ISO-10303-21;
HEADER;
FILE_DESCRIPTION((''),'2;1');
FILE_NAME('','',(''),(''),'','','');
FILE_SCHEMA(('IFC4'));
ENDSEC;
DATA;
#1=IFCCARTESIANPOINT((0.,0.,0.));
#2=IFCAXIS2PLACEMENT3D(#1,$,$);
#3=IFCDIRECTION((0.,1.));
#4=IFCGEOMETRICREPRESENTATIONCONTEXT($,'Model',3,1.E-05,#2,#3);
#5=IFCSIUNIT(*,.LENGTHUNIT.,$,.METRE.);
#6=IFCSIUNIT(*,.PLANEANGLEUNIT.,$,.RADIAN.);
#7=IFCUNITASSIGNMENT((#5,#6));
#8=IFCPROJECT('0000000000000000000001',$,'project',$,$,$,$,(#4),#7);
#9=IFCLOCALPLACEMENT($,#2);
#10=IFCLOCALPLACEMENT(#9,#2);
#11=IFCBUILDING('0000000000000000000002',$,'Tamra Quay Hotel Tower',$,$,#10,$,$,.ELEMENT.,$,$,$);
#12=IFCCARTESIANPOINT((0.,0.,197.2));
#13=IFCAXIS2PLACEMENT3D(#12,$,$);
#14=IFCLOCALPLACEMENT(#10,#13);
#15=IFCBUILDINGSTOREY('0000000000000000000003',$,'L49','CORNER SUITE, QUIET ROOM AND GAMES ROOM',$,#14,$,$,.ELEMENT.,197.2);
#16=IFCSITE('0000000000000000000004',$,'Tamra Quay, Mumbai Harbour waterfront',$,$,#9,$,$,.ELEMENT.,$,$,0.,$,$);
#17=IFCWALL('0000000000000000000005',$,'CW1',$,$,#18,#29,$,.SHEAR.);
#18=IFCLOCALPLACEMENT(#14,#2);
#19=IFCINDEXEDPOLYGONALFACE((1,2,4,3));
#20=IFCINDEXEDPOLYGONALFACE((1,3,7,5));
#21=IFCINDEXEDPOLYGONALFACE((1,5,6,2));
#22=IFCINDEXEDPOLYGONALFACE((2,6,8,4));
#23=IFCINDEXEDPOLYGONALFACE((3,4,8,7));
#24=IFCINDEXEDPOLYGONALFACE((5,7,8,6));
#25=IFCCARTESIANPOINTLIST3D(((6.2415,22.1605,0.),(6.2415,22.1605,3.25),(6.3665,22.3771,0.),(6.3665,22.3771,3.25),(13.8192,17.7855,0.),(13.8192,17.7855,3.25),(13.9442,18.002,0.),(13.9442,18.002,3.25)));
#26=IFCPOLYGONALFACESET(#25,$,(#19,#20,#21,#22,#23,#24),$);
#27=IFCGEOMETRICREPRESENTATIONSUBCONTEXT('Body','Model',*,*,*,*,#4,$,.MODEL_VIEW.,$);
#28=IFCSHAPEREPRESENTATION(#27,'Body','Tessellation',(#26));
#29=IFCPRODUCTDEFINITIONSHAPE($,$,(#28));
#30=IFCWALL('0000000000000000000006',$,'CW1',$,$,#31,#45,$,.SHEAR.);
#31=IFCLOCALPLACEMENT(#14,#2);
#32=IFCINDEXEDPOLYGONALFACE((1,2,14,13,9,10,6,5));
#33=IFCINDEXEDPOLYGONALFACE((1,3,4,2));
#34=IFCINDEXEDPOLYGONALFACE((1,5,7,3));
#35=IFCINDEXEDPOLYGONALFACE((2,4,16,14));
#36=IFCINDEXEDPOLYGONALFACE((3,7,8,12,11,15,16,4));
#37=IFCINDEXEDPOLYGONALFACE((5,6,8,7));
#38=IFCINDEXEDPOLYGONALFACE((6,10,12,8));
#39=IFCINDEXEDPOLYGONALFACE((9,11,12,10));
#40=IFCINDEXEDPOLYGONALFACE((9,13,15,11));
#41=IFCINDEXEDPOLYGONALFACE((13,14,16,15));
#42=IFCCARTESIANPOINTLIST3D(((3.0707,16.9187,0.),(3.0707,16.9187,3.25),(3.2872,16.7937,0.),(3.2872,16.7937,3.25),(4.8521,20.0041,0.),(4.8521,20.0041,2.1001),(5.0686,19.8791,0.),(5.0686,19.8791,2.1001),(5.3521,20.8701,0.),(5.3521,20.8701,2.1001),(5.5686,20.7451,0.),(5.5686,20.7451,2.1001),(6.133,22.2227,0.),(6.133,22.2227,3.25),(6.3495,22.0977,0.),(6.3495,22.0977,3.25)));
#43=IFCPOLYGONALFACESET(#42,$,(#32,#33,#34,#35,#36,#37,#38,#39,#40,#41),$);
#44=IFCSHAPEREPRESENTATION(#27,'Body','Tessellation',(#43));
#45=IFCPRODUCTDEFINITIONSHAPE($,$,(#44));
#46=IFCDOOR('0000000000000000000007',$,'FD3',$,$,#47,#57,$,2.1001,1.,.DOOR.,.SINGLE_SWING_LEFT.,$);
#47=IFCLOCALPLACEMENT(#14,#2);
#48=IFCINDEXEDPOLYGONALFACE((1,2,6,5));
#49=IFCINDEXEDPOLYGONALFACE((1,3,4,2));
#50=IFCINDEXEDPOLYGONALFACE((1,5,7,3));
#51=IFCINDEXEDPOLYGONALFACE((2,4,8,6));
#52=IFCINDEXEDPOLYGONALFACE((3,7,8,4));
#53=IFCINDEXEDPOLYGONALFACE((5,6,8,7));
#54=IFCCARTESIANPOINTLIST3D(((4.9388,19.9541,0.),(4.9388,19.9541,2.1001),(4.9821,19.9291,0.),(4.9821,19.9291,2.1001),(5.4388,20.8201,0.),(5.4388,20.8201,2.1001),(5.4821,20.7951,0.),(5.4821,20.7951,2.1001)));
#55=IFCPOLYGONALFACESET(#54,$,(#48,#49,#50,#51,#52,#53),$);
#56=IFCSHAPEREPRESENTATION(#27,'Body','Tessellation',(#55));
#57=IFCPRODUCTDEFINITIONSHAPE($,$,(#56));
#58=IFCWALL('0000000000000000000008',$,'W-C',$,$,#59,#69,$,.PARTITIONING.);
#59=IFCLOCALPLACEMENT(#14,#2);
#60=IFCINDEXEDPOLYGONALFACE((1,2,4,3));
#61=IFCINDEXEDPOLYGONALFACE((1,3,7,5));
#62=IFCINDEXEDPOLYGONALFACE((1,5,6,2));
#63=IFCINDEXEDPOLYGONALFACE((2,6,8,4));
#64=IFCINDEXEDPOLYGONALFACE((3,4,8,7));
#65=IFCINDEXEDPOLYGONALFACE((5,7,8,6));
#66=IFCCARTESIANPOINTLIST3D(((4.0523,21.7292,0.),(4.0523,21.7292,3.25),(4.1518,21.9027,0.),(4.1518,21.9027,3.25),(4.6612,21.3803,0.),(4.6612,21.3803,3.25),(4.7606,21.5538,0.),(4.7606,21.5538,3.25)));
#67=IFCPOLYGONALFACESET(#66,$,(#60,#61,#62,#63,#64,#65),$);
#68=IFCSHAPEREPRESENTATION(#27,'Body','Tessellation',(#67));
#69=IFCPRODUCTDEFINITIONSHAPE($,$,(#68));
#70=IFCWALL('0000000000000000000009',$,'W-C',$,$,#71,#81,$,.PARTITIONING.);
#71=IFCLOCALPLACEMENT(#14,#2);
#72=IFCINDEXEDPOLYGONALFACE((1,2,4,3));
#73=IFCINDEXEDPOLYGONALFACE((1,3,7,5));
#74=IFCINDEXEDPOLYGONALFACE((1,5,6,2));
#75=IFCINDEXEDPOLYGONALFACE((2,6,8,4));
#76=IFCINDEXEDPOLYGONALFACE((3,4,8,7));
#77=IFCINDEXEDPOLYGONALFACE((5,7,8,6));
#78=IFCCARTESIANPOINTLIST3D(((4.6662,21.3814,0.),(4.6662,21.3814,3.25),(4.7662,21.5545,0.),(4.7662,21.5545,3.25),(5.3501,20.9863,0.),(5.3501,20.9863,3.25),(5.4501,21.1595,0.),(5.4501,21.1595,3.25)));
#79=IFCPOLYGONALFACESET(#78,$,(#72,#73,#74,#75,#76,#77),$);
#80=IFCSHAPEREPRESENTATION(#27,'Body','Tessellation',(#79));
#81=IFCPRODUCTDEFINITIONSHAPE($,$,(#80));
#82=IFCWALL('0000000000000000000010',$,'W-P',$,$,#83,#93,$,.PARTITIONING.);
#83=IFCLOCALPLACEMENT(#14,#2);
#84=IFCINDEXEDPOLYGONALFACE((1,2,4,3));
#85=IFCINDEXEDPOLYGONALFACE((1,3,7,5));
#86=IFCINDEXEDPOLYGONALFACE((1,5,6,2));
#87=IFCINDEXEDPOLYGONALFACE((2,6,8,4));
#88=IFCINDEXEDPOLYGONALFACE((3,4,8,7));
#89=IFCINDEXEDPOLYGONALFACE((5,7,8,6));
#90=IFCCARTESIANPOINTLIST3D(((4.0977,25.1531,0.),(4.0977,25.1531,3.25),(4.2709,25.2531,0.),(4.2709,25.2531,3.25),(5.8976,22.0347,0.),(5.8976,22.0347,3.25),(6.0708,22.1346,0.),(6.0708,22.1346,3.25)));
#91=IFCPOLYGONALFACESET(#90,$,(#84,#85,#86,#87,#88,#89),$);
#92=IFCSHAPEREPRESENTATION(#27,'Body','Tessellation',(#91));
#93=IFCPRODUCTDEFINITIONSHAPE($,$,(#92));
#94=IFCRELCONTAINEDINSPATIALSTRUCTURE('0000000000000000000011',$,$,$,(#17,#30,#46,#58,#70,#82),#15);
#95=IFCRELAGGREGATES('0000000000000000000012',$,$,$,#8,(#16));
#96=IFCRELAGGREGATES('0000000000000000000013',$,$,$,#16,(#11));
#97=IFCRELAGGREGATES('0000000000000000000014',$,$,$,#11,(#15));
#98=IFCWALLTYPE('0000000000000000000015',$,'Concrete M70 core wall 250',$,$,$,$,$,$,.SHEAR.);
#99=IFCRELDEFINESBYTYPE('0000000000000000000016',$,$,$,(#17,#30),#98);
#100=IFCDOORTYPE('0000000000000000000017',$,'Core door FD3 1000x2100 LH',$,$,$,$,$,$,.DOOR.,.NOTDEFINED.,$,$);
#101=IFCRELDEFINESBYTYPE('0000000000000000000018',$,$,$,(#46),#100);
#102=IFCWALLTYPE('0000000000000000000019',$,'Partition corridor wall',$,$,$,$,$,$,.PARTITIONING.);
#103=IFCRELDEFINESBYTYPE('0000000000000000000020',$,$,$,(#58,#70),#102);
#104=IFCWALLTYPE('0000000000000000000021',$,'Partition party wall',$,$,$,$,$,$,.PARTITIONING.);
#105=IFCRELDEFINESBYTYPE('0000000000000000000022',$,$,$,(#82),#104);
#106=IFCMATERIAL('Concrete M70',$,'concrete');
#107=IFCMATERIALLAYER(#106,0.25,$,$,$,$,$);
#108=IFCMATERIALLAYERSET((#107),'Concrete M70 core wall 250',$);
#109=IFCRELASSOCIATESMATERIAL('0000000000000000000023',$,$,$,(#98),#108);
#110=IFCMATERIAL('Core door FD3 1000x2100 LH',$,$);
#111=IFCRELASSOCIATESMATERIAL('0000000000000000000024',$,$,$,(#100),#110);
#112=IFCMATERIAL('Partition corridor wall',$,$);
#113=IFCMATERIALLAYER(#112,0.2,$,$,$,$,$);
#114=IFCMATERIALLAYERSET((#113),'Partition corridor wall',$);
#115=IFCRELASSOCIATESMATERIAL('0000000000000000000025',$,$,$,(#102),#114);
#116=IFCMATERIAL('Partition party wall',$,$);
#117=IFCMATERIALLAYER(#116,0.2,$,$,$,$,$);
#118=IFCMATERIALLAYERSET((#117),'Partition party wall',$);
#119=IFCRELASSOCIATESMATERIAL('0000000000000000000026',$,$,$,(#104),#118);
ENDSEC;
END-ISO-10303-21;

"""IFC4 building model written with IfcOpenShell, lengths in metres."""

from ifc_helpers import new_model, si_unit, direction, frame, frame_2d, origin, place, context, subcontext, project, spatial, rectangle, extrude, material, layer, layer_set, type_object, element, fill, save


model = new_model("IFC4")

# Units and contexts
model_context = context("Model", 3, precision=1e-05, world=origin(), true_north=direction((0.0, 1.0)))
body_context = subcontext(model_context, "Body", "Model", "MODEL_VIEW")
ifc_project = project(units=[si_unit("LENGTHUNIT", "METRE"), si_unit("PLANEANGLEUNIT", "RADIAN")], contexts=[model_context])

# Site, building, storey
site_placement = place(None, origin())
site = spatial("IfcSite", under=ifc_project, at=site_placement, Name="Tamra Quay, Mumbai Harbour waterfront", CompositionType="ELEMENT", RefElevation=0.0)
building_placement = place(site_placement, origin())
building = spatial("IfcBuilding", under=site, at=building_placement, Name="Tamra Quay Hotel Tower", CompositionType="ELEMENT")
storey_placement = place(building_placement, frame((0.0, 0.0, 197.2)))
storey = spatial("IfcBuildingStorey", under=building, at=storey_placement, Name="L49", Description="CORNER SUITE, QUIET ROOM AND GAMES ROOM", CompositionType="ELEMENT", Elevation=197.2)

# Shared definitions
ifc_material_1 = material(Name="Concrete M70", Category="concrete")

# Wall
ifc_layer_1 = layer(ifc_material_1, 0.25)
ifc_layer_set_1 = layer_set([ifc_layer_1], Name="Concrete M70 core wall 250")
wall_type_1 = type_object("IfcWallType", Name="Concrete M70 core wall 250", PredefinedType="SHEAR", material=ifc_layer_set_1)
wall_1_placement = place(storey_placement, frame((6.304, 22.2688, 0.0), z_axis=(0.0, 0.0, 1.0), x_axis=(0.866023, -0.500004, 0.0)))
element("IfcWall", 1, at=wall_1_placement, inside=storey, type_object=wall_type_1, Name="CW1", PredefinedType="SHEAR", context=body_context, shape_type="SweptSolid", body=[
    extrude(rectangle(XDim=8.75, YDim=0.25, at=frame_2d((4.375, 0.0))), origin(), (0.0, 0.0, 1.0), 3.25),
])

# Wall, opening, door
wall_2_placement = place(storey_placement, frame((3.179, 16.8562, 0.0), z_axis=(0.0, 0.0, 1.0), x_axis=(0.500002, 0.866024, 0.0)))
wall_2 = element("IfcWall", 2, at=wall_2_placement, inside=storey, type_object=wall_type_1, Name="CW1", PredefinedType="SHEAR", context=body_context, shape_type="SweptSolid", body=[
    extrude(rectangle(XDim=6.1245, YDim=0.25, at=frame_2d((3.0623, 0.0))), origin(), (0.0, 0.0, 1.0), 3.25),
])
opening_placement = place(wall_2_placement, frame((3.5627, 0.0, 0.0)))
opening = element("IfcOpeningElement", 3, at=opening_placement, cuts=wall_2, PredefinedType="OPENING", context=body_context, shape_type="SweptSolid", body=[
    extrude(rectangle(XDim=1.0, YDim=2.1001, at=frame_2d((0.5, 1.05))), frame((0.0, 0.135, 0.0), z_axis=(0.0, -1.0, 0.0), x_axis=(1.0, 0.0, 0.0)), (0.0, 0.0, 1.0), 0.27),
])
ifc_material_2 = material(Name="Core door FD3 1000x2100 LH")
door_type = type_object("IfcDoorType", Name="Core door FD3 1000x2100 LH", OperationType="NOTDEFINED", PredefinedType="DOOR", material=ifc_material_2)
door_placement = place(opening_placement, origin())
door = element("IfcDoor", 4, at=door_placement, inside=storey, type_object=door_type, Name="FD3", OperationType="SINGLE_SWING_LEFT", OverallHeight=2.1001, OverallWidth=1.0, PredefinedType="DOOR", context=body_context, shape_type="SweptSolid", body=[
    extrude(rectangle(XDim=1.0, YDim=2.1001, at=frame_2d((0.5, 1.05))), frame((0.0, 0.0249, 0.0), z_axis=(0.0, -1.0, 0.0), x_axis=(1.0, 0.0, 0.0)), (0.0, 0.0, 1.0), 0.05),
])
fill(opening, door)

# Walls
ifc_material_3 = material(Name="Partition corridor wall")
ifc_layer_2 = layer(ifc_material_3, 0.2)
ifc_layer_set_2 = layer_set([ifc_layer_2], Name="Partition corridor wall")
wall_type_2 = type_object("IfcWallType", Name="Partition corridor wall", PredefinedType="PARTITIONING", material=ifc_layer_set_2)
wall_3_placement = place(storey_placement, frame((4.1021, 21.8159, 0.0), z_axis=(0.0, 0.0, 1.0), x_axis=(0.867665, -0.49715, 0.0)))
element("IfcWall", 5, at=wall_3_placement, inside=storey, type_object=wall_type_2, Name="W-C", PredefinedType="PARTITIONING", context=body_context, shape_type="SweptSolid", body=[
    extrude(rectangle(XDim=0.7017, YDim=0.2, at=frame_2d((0.3508, 0.0))), origin(), (0.0, 0.0, 1.0), 3.25),
])
wall_4_placement = place(storey_placement, frame((4.7161, 21.468, 0.0), z_axis=(0.0, 0.0, 1.0), x_axis=(0.865913, -0.500195, 0.0)))
element("IfcWall", 6, at=wall_4_placement, inside=storey, type_object=wall_type_2, Name="W-C", PredefinedType="PARTITIONING", context=body_context, shape_type="SweptSolid", body=[
    extrude(rectangle(XDim=0.7898, YDim=0.2, at=frame_2d((0.395, 0.0))), origin(), (0.0, 0.0, 1.0), 3.25),
])
ifc_material_4 = material(Name="Partition party wall")
ifc_layer_3 = layer(ifc_material_4, 0.2)
ifc_layer_set_3 = layer_set([ifc_layer_3], Name="Partition party wall")
wall_type_3 = type_object("IfcWallType", Name="Partition party wall", PredefinedType="PARTITIONING", material=ifc_layer_set_3)
wall_5_placement = place(storey_placement, frame((4.1843, 25.2031, 0.0), z_axis=(0.0, 0.0, 1.0), x_axis=(0.499873, -0.866099, 0.0)))
element("IfcWall", 7, at=wall_5_placement, inside=storey, type_object=wall_type_3, Name="W-P", PredefinedType="PARTITIONING", context=body_context, shape_type="SweptSolid", body=[
    extrude(rectangle(XDim=3.6006, YDim=0.2, at=frame_2d((1.8003, 0.0))), origin(), (0.0, 0.0, 1.0), 3.25),
])

save(model, "model.ifc")
